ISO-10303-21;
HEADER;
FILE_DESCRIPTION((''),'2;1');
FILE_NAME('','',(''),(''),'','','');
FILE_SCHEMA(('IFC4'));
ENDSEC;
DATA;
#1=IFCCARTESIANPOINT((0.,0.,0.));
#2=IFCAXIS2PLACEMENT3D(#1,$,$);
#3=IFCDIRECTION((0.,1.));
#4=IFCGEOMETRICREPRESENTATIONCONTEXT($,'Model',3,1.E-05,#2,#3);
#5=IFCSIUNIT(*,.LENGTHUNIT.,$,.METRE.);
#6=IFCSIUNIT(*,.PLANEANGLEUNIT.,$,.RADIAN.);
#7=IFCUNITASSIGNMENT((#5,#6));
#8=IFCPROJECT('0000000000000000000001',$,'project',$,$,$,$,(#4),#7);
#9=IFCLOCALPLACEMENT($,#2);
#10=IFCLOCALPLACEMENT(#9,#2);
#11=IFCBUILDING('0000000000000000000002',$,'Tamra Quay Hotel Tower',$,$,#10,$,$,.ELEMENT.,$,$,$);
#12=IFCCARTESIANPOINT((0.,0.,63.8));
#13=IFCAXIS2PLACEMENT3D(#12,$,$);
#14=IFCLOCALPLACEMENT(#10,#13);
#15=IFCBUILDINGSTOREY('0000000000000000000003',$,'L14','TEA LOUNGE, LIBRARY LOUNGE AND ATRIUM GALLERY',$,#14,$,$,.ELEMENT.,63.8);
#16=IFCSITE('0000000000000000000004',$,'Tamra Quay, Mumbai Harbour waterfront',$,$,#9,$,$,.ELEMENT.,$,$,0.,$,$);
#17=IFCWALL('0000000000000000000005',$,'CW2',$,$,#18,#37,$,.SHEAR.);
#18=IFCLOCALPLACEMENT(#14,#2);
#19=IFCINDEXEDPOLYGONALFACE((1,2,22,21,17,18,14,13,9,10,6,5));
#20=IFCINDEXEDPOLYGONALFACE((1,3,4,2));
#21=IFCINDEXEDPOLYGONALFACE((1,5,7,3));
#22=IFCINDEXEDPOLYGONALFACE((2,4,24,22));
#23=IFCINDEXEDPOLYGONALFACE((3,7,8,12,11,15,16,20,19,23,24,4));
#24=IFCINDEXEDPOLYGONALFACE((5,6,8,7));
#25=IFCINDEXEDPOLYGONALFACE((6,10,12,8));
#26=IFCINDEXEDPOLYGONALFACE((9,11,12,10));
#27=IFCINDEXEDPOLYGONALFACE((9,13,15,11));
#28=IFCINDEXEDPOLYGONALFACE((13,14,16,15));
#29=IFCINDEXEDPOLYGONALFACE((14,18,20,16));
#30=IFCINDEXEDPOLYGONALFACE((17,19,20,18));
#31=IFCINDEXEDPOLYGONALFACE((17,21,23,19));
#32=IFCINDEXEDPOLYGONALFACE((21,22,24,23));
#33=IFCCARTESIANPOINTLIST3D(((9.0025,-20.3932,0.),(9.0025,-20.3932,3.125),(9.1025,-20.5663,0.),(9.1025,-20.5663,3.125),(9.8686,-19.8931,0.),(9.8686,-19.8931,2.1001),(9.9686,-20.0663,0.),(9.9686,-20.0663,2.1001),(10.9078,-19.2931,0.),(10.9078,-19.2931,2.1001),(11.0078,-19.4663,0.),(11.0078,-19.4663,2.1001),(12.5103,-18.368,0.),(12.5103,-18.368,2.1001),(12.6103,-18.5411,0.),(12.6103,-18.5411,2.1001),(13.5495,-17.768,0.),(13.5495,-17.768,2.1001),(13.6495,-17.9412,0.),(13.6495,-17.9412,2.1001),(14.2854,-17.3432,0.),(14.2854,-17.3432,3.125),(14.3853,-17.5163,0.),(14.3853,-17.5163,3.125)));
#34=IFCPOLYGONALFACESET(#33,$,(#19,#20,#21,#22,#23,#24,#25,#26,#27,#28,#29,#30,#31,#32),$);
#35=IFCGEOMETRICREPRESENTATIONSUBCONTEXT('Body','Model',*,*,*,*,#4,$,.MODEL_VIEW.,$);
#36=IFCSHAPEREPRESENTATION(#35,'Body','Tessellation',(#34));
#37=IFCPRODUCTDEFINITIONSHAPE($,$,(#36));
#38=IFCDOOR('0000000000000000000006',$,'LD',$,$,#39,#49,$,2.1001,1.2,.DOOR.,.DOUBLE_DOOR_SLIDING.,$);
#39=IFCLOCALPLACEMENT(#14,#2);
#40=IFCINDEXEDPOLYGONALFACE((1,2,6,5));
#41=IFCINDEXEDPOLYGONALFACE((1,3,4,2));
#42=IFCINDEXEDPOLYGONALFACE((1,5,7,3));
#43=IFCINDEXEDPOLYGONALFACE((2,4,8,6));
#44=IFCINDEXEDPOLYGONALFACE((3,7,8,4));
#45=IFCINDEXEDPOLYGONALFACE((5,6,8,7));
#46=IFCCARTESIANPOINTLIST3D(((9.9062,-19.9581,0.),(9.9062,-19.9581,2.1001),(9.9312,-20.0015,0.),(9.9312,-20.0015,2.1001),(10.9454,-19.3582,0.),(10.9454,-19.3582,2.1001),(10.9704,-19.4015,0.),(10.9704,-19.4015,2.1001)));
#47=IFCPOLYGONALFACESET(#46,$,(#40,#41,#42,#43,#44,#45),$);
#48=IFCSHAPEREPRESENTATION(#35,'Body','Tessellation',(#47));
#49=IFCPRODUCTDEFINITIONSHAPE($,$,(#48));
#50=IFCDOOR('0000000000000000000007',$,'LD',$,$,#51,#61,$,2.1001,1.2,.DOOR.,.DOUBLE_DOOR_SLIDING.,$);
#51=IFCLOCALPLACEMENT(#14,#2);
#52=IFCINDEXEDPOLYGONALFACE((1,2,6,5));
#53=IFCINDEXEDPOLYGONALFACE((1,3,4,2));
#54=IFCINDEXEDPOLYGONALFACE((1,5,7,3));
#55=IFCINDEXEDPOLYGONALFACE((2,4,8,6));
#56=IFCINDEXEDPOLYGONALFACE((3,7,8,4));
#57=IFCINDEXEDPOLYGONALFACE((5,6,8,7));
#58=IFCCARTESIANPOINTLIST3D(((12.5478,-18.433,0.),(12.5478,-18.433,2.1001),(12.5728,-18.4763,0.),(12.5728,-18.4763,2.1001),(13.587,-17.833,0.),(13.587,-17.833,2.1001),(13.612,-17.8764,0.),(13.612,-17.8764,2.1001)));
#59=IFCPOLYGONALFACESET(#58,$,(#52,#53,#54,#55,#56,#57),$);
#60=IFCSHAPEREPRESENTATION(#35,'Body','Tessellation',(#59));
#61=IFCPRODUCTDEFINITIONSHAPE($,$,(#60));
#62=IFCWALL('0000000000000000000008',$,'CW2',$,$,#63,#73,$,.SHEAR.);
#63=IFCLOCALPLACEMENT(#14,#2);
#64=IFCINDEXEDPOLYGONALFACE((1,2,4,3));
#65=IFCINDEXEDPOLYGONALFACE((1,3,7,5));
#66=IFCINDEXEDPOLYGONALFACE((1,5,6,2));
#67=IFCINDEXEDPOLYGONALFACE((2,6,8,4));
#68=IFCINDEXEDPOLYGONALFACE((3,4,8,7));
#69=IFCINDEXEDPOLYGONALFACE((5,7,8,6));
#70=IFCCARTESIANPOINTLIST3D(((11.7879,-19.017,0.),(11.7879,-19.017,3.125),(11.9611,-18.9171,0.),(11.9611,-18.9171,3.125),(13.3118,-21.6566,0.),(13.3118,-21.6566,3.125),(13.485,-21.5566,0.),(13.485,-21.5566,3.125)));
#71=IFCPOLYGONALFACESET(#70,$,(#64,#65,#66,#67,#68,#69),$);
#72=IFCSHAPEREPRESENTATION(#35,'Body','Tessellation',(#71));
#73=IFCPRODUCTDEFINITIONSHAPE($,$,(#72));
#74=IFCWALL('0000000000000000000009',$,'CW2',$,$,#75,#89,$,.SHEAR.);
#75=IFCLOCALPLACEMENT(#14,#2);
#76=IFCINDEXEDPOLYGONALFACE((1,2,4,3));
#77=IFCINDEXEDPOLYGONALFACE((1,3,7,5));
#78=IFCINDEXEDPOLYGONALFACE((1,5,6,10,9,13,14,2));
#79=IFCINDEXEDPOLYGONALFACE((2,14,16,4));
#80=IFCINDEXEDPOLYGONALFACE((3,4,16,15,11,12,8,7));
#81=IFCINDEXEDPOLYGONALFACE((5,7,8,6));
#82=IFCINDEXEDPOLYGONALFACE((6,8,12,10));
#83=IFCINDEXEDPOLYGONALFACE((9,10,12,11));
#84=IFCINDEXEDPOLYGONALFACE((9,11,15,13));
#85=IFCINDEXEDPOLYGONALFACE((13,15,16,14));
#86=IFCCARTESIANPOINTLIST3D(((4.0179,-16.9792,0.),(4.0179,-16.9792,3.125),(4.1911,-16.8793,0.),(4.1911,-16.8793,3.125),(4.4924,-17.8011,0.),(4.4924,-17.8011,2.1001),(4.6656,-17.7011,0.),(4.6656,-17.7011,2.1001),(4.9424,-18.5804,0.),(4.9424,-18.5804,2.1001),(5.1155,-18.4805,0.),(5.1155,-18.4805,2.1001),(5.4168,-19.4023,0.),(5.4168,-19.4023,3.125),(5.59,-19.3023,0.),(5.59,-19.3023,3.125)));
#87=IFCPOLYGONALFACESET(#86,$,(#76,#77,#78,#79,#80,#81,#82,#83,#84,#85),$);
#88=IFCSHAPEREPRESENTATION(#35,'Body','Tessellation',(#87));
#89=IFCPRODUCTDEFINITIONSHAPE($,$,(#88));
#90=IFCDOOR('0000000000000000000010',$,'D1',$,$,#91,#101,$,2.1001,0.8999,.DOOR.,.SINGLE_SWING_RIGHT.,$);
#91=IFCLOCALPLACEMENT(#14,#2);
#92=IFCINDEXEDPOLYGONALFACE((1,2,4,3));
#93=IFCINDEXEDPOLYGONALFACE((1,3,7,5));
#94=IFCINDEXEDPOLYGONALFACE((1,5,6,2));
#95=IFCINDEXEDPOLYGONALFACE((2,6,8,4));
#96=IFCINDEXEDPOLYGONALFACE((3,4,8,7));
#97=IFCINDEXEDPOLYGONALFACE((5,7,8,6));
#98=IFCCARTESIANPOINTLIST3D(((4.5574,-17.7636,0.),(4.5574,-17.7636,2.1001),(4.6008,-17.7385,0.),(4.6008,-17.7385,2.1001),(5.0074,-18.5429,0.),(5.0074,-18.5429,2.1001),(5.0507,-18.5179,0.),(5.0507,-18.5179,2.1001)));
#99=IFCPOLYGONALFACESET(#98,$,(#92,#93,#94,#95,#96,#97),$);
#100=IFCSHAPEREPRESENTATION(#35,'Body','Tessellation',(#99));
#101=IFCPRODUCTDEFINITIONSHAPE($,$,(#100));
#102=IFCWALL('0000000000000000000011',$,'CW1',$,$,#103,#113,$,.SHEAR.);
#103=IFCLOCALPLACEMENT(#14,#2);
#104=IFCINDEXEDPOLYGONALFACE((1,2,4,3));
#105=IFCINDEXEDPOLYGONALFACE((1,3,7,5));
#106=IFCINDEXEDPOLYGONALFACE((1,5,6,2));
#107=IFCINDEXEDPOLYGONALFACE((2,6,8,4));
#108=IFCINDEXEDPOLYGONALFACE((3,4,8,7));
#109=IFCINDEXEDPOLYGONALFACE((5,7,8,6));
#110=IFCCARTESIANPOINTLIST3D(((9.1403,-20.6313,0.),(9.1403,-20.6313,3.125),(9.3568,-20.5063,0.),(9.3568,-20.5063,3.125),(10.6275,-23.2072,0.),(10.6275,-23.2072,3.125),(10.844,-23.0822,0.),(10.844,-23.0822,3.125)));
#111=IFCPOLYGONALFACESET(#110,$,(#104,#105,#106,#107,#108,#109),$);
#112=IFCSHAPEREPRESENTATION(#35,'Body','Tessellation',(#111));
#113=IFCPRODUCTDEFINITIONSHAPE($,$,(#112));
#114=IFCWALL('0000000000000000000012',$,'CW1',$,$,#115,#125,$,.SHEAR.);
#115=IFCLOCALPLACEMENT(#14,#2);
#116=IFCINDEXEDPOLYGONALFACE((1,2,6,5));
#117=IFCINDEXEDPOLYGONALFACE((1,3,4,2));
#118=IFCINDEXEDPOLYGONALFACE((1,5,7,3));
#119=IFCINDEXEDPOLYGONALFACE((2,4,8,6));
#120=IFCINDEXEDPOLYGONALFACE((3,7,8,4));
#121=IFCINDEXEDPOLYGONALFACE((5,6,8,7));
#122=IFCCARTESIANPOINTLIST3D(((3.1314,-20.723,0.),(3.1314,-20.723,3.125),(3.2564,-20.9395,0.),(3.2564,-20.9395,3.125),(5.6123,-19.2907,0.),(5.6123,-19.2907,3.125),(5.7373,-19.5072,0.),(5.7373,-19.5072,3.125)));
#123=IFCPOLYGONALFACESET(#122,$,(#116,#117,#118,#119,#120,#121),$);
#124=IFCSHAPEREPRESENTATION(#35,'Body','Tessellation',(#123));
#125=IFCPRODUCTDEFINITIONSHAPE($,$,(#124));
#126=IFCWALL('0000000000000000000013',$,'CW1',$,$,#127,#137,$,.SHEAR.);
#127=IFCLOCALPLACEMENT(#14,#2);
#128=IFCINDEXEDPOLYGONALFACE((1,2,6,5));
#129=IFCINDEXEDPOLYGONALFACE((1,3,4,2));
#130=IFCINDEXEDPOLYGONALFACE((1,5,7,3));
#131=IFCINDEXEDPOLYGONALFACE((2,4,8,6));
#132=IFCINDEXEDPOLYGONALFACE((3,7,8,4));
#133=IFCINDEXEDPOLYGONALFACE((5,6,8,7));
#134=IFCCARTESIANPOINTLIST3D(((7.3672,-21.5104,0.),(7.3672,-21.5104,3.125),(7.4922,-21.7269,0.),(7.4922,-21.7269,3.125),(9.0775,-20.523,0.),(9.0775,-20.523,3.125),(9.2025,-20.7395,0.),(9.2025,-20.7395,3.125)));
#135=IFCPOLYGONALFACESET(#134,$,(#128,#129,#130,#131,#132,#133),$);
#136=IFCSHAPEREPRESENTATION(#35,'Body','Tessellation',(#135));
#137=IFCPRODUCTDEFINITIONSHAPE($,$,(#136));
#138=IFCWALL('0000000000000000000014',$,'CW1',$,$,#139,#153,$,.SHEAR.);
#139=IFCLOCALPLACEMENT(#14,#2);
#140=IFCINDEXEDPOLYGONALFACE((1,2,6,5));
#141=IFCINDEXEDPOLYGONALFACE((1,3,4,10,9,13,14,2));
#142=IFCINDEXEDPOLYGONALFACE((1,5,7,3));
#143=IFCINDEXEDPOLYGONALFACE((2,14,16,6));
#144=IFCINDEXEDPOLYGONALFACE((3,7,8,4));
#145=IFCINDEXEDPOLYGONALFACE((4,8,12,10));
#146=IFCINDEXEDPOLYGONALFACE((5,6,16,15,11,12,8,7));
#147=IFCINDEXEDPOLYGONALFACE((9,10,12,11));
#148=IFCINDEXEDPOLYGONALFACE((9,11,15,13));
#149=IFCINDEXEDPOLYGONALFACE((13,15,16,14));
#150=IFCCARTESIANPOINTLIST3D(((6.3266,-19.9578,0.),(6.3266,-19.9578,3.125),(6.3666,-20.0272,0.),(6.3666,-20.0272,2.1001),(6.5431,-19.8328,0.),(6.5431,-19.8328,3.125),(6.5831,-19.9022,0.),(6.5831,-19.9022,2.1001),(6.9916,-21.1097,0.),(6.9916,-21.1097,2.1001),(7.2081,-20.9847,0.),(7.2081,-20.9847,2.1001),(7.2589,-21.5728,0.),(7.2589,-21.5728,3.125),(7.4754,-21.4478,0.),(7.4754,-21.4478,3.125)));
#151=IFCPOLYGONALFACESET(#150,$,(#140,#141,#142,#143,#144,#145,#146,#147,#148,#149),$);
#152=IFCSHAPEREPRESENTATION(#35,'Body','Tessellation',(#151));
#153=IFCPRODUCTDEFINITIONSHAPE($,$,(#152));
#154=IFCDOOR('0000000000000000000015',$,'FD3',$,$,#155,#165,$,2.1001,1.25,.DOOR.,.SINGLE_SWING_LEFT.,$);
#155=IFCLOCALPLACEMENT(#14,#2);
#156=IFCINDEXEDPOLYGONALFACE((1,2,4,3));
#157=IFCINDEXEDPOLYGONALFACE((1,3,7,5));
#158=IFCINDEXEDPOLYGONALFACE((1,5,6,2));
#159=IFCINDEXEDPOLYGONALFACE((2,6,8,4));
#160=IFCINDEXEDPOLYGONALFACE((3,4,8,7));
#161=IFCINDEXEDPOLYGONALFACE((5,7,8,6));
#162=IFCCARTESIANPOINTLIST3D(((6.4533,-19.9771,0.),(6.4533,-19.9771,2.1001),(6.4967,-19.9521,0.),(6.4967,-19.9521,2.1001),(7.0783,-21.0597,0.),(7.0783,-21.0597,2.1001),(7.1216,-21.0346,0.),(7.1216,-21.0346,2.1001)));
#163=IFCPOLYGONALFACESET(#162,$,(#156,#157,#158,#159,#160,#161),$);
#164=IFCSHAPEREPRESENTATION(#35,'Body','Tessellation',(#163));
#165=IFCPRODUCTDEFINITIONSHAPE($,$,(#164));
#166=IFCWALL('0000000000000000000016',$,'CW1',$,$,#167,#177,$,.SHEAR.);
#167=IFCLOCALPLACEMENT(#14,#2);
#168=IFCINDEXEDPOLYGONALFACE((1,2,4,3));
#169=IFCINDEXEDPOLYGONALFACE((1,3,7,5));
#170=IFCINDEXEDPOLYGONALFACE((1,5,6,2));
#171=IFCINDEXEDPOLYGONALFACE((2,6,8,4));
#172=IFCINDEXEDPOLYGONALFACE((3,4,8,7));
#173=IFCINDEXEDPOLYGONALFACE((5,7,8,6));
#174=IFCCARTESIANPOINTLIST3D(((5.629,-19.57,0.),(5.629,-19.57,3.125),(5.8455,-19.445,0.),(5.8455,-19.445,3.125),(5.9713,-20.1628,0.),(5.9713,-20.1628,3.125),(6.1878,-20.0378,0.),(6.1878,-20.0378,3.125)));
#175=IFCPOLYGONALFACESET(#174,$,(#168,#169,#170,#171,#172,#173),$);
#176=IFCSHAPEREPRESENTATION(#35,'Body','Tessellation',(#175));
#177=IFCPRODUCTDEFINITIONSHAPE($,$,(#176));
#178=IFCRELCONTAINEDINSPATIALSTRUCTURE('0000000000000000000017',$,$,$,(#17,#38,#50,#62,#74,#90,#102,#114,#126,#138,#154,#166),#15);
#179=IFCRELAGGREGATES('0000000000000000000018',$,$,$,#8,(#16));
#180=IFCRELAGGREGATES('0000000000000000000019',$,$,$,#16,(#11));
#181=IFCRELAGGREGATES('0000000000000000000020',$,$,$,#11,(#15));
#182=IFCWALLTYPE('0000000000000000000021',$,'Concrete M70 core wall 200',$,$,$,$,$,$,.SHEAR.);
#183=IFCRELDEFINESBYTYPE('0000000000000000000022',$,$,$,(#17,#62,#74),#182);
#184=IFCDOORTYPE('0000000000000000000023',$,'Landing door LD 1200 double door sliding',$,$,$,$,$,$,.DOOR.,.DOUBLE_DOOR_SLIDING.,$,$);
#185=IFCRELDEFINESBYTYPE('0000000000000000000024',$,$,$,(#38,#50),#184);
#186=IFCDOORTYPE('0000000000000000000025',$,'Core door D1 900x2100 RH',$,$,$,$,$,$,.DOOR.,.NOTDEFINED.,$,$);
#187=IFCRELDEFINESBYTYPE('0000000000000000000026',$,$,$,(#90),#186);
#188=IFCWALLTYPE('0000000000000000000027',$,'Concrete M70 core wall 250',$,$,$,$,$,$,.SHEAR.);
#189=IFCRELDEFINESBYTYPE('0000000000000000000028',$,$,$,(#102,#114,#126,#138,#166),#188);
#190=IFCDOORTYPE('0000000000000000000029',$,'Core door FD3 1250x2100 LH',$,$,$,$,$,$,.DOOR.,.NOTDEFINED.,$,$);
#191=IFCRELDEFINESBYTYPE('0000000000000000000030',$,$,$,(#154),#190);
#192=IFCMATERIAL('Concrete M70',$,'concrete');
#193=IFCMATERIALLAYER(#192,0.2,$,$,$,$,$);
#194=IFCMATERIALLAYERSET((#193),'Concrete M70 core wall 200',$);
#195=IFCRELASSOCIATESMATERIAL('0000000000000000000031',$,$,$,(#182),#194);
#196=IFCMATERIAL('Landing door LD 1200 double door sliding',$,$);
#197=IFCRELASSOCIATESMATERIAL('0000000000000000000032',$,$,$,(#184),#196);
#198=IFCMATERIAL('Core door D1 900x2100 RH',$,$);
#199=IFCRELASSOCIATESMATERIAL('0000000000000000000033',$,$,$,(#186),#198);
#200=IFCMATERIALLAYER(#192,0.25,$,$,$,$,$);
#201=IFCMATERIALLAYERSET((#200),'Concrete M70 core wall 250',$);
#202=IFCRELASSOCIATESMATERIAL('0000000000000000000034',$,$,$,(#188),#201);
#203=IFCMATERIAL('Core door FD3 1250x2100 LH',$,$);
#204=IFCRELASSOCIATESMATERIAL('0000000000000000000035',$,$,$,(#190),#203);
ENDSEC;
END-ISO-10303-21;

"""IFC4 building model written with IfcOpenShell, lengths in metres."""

from ifc_helpers import new_model, si_unit, direction, frame, frame_2d, origin, place, context, subcontext, project, spatial, rectangle, extrude, material, layer, layer_set, type_object, element, fill, save


model = new_model("IFC4")

# Units and contexts
model_context = context("Model", 3, precision=1e-05, world=origin(), true_north=direction((0.0, 1.0)))
body_context = subcontext(model_context, "Body", "Model", "MODEL_VIEW")
ifc_project = project(units=[si_unit("LENGTHUNIT", "METRE"), si_unit("PLANEANGLEUNIT", "RADIAN")], contexts=[model_context])

# Site, building, storey
site_placement = place(None, origin())
site = spatial("IfcSite", under=ifc_project, at=site_placement, Name="Tamra Quay, Mumbai Harbour waterfront", CompositionType="ELEMENT", RefElevation=0.0)
building_placement = place(site_placement, origin())
building = spatial("IfcBuilding", under=site, at=building_placement, Name="Tamra Quay Hotel Tower", CompositionType="ELEMENT")
storey_placement = place(building_placement, frame((0.0, 0.0, 63.8)))
storey = spatial("IfcBuildingStorey", under=building, at=storey_placement, Name="L14", Description="TEA LOUNGE, LIBRARY LOUNGE AND ATRIUM GALLERY", CompositionType="ELEMENT", Elevation=63.8)

# Shared definitions
ifc_material_1 = material(Name="Concrete M70", Category="concrete")

# Wall, openings, doors
ifc_layer_1 = layer(ifc_material_1, 0.2)
ifc_layer_set_1 = layer_set([ifc_layer_1], Name="Concrete M70 core wall 200")
wall_type_1 = type_object("IfcWallType", Name="Concrete M70 core wall 200", PredefinedType="SHEAR", material=ifc_layer_set_1)
wall_1_placement = place(storey_placement, frame((9.0525, -20.4797, 0.0), z_axis=(0.0, 0.0, 1.0), x_axis=(0.86603, 0.499992, 0.0)))
wall_1 = element("IfcWall", 1, at=wall_1_placement, inside=storey, type_object=wall_type_1, Name="CW2", PredefinedType="SHEAR", context=body_context, shape_type="SweptSolid", body=[
    extrude(rectangle(XDim=6.1001, YDim=0.2, at=frame_2d((3.05, 0.0))), origin(), (0.0, 0.0, 1.0), 3.125),
])
opening_1_placement = place(wall_1_placement, frame((1.0, 0.0, 0.0)))
opening_1 = element("IfcOpeningElement", 2, at=opening_1_placement, cuts=wall_1, PredefinedType="OPENING", context=body_context, shape_type="SweptSolid", body=[
    extrude(rectangle(XDim=1.2, YDim=2.1001, at=frame_2d((0.6001, 1.05))), frame((0.0, 0.1099, 0.0), z_axis=(0.0, -1.0, 0.0), x_axis=(1.0, 0.0, 0.0)), (0.0, 0.0, 1.0), 0.22),
])
opening_2_placement = place(wall_1_placement, frame((4.0503, 0.0, 0.0)))
opening_2 = element("IfcOpeningElement", 3, at=opening_2_placement, cuts=wall_1, PredefinedType="OPENING", context=body_context, shape_type="SweptSolid", body=[
    extrude(rectangle(XDim=1.2, YDim=2.1001, at=frame_2d((0.6001, 1.05))), frame((0.0, 0.1099, 0.0), z_axis=(0.0, -1.0, 0.0), x_axis=(1.0, 0.0, 0.0)), (0.0, 0.0, 1.0), 0.22),
])
ifc_material_2 = material(Name="Landing door LD 1200 double door sliding")
door_type_1 = type_object("IfcDoorType", Name="Landing door LD 1200 double door sliding", OperationType="DOUBLE_DOOR_SLIDING", PredefinedType="DOOR", material=ifc_material_2)
door_1_placement = place(opening_1_placement, origin())
door_1 = element("IfcDoor", 4, at=door_1_placement, inside=storey, type_object=door_type_1, Name="LD", OperationType="DOUBLE_DOOR_SLIDING", OverallHeight=2.1001, OverallWidth=1.2, PredefinedType="DOOR", context=body_context, shape_type="SweptSolid", body=[
    extrude(rectangle(XDim=1.2, YDim=2.1001, at=frame_2d((0.6001, 1.05))), frame((0.0, 0.0249, 0.0), z_axis=(0.0, -1.0, 0.0), x_axis=(1.0, 0.0, 0.0)), (0.0, 0.0, 1.0), 0.05),
])
fill(opening_1, door_1)
door_2_placement = place(opening_2_placement, origin())
door_2 = element("IfcDoor", 5, at=door_2_placement, inside=storey, type_object=door_type_1, Name="LD", OperationType="DOUBLE_DOOR_SLIDING", OverallHeight=2.1001, OverallWidth=1.2, PredefinedType="DOOR", context=body_context, shape_type="SweptSolid", body=[
    extrude(rectangle(XDim=1.2, YDim=2.1001, at=frame_2d((0.6001, 1.05))), frame((0.0, 0.0249, 0.0), z_axis=(0.0, -1.0, 0.0), x_axis=(1.0, 0.0, 0.0)), (0.0, 0.0, 1.0), 0.05),
])
fill(opening_2, door_2)

# Wall
wall_2_placement = place(storey_placement, frame((11.8745, -18.967, 0.0), z_axis=(0.0, 0.0, 1.0), x_axis=(0.499981, -0.866036, 0.0)))
element("IfcWall", 6, at=wall_2_placement, inside=storey, type_object=wall_type_1, Name="CW2", PredefinedType="SHEAR", context=body_context, shape_type="SweptSolid", body=[
    extrude(rectangle(XDim=3.0479, YDim=0.2, at=frame_2d((1.5239, 0.0))), origin(), (0.0, 0.0, 1.0), 3.125),
])

# Wall, opening, door
wall_3_placement = place(storey_placement, frame((5.5034, -19.3523, 0.0), z_axis=(0.0, 0.0, 1.0), x_axis=(-0.499987, 0.866033, 0.0)))
wall_3 = element("IfcWall", 7, at=wall_3_placement, inside=storey, type_object=wall_type_1, Name="CW2", PredefinedType="SHEAR", context=body_context, shape_type="SweptSolid", body=[
    extrude(rectangle(XDim=2.7979, YDim=0.2, at=frame_2d((1.3989, 0.0))), origin(), (0.0, 0.0, 1.0), 3.125),
])
opening_3_placement = place(wall_3_placement, frame((0.949, 0.0, 0.0)))
opening_3 = element("IfcOpeningElement", 8, at=opening_3_placement, cuts=wall_3, PredefinedType="OPENING", context=body_context, shape_type="SweptSolid", body=[
    extrude(rectangle(XDim=0.8999, YDim=2.1001, at=frame_2d((0.45, 1.05))), frame((0.0, 0.1099, 0.0), z_axis=(0.0, -1.0, 0.0), x_axis=(1.0, 0.0, 0.0)), (0.0, 0.0, 1.0), 0.22),
])
ifc_material_3 = material(Name="Core door D1 900x2100 RH")
door_type_2 = type_object("IfcDoorType", Name="Core door D1 900x2100 RH", OperationType="NOTDEFINED", PredefinedType="DOOR", material=ifc_material_3)
door_3_placement = place(opening_3_placement, origin())
door_3 = element("IfcDoor", 9, at=door_3_placement, inside=storey, type_object=door_type_2, Name="D1", OperationType="SINGLE_SWING_RIGHT", OverallHeight=2.1001, OverallWidth=0.8999, PredefinedType="DOOR", context=body_context, shape_type="SweptSolid", body=[
    extrude(rectangle(XDim=0.8999, YDim=2.1001, at=frame_2d((0.45, 1.05))), frame((0.0, 0.0249, 0.0), z_axis=(0.0, -1.0, 0.0), x_axis=(1.0, 0.0, 0.0)), (0.0, 0.0, 1.0), 0.05),
])
fill(opening_3, door_3)

# Walls
ifc_layer_2 = layer(ifc_material_1, 0.25)
ifc_layer_set_2 = layer_set([ifc_layer_2], Name="Concrete M70 core wall 250")
wall_type_2 = type_object("IfcWallType", Name="Concrete M70 core wall 250", PredefinedType="SHEAR", material=ifc_layer_set_2)
wall_4_placement = place(storey_placement, frame((10.7358, -23.1448, 0.0), z_axis=(0.0, 0.0, 1.0), x_axis=(-0.500023, 0.866012, 0.0)))
element("IfcWall", 10, at=wall_4_placement, inside=storey, type_object=wall_type_2, Name="CW1", PredefinedType="SHEAR", context=body_context, shape_type="SweptSolid", body=[
    extrude(rectangle(XDim=2.9744, YDim=0.25, at=frame_2d((1.4873, 0.0))), origin(), (0.0, 0.0, 1.0), 3.125),
])
wall_5_placement = place(storey_placement, frame((5.6748, -19.3989, 0.0), z_axis=(0.0, 0.0, 1.0), x_axis=(-0.866027, -0.499998, 0.0)))
element("IfcWall", 11, at=wall_5_placement, inside=storey, type_object=wall_type_2, Name="CW1", PredefinedType="SHEAR", context=body_context, shape_type="SweptSolid", body=[
    extrude(rectangle(XDim=2.8647, YDim=0.25, at=frame_2d((1.4324, 0.0))), origin(), (0.0, 0.0, 1.0), 3.125),
])
wall_6_placement = place(storey_placement, frame((9.1399, -20.6313, 0.0), z_axis=(0.0, 0.0, 1.0), x_axis=(-0.866044, -0.499969, 0.0)))
element("IfcWall", 12, at=wall_6_placement, inside=storey, type_object=wall_type_2, Name="CW1", PredefinedType="SHEAR", context=body_context, shape_type="SweptSolid", body=[
    extrude(rectangle(XDim=1.9749, YDim=0.25, at=frame_2d((0.9873, 0.0))), origin(), (0.0, 0.0, 1.0), 3.125),
])

# Wall, opening, door
wall_7_placement = place(storey_placement, frame((7.3672, -21.5103, 0.0), z_axis=(0.0, 0.0, 1.0), x_axis=(-0.499983, 0.866035, 0.0)))
wall_7 = element("IfcWall", 13, at=wall_7_placement, inside=storey, type_object=wall_type_2, Name="CW1", PredefinedType="SHEAR", context=body_context, shape_type="SweptSolid", body=[
    extrude(rectangle(XDim=1.8647, YDim=0.25, at=frame_2d((0.9324, 0.0))), origin(), (0.0, 0.0, 1.0), 3.125),
])
opening_4_placement = place(wall_7_placement, frame((0.5347, 0.0, 0.0)))
opening_4 = element("IfcOpeningElement", 14, at=opening_4_placement, cuts=wall_7, PredefinedType="OPENING", context=body_context, shape_type="SweptSolid", body=[
    extrude(rectangle(XDim=1.25, YDim=2.1001, at=frame_2d((0.625, 1.05))), frame((0.0, 0.135, 0.0), z_axis=(0.0, -1.0, 0.0), x_axis=(1.0, 0.0, 0.0)), (0.0, 0.0, 1.0), 0.27),
])
ifc_material_4 = material(Name="Core door FD3 1250x2100 LH")
door_type_3 = type_object("IfcDoorType", Name="Core door FD3 1250x2100 LH", OperationType="NOTDEFINED", PredefinedType="DOOR", material=ifc_material_4)
door_4_placement = place(opening_4_placement, origin())
door_4 = element("IfcDoor", 15, at=door_4_placement, inside=storey, type_object=door_type_3, Name="FD3", OperationType="SINGLE_SWING_LEFT", OverallHeight=2.1001, OverallWidth=1.25, PredefinedType="DOOR", context=body_context, shape_type="SweptSolid", body=[
    extrude(rectangle(XDim=1.25, YDim=2.1001, at=frame_2d((0.625, 1.05))), frame((0.0, 0.0249, 0.0), z_axis=(0.0, -1.0, 0.0), x_axis=(1.0, 0.0, 0.0)), (0.0, 0.0, 1.0), 0.05),
])
fill(opening_4, door_4)

# Wall
wall_8_placement = place(storey_placement, frame((6.0796, -20.1003, 0.0), z_axis=(0.0, 0.0, 1.0), x_axis=(-0.500052, 0.865996, 0.0)))
element("IfcWall", 16, at=wall_8_placement, inside=storey, type_object=wall_type_2, Name="CW1", PredefinedType="SHEAR", context=body_context, shape_type="SweptSolid", body=[
    extrude(rectangle(XDim=0.6846, YDim=0.25, at=frame_2d((0.3423, 0.0))), origin(), (0.0, 0.0, 1.0), 3.125),
])

save(model, "model.ifc")
